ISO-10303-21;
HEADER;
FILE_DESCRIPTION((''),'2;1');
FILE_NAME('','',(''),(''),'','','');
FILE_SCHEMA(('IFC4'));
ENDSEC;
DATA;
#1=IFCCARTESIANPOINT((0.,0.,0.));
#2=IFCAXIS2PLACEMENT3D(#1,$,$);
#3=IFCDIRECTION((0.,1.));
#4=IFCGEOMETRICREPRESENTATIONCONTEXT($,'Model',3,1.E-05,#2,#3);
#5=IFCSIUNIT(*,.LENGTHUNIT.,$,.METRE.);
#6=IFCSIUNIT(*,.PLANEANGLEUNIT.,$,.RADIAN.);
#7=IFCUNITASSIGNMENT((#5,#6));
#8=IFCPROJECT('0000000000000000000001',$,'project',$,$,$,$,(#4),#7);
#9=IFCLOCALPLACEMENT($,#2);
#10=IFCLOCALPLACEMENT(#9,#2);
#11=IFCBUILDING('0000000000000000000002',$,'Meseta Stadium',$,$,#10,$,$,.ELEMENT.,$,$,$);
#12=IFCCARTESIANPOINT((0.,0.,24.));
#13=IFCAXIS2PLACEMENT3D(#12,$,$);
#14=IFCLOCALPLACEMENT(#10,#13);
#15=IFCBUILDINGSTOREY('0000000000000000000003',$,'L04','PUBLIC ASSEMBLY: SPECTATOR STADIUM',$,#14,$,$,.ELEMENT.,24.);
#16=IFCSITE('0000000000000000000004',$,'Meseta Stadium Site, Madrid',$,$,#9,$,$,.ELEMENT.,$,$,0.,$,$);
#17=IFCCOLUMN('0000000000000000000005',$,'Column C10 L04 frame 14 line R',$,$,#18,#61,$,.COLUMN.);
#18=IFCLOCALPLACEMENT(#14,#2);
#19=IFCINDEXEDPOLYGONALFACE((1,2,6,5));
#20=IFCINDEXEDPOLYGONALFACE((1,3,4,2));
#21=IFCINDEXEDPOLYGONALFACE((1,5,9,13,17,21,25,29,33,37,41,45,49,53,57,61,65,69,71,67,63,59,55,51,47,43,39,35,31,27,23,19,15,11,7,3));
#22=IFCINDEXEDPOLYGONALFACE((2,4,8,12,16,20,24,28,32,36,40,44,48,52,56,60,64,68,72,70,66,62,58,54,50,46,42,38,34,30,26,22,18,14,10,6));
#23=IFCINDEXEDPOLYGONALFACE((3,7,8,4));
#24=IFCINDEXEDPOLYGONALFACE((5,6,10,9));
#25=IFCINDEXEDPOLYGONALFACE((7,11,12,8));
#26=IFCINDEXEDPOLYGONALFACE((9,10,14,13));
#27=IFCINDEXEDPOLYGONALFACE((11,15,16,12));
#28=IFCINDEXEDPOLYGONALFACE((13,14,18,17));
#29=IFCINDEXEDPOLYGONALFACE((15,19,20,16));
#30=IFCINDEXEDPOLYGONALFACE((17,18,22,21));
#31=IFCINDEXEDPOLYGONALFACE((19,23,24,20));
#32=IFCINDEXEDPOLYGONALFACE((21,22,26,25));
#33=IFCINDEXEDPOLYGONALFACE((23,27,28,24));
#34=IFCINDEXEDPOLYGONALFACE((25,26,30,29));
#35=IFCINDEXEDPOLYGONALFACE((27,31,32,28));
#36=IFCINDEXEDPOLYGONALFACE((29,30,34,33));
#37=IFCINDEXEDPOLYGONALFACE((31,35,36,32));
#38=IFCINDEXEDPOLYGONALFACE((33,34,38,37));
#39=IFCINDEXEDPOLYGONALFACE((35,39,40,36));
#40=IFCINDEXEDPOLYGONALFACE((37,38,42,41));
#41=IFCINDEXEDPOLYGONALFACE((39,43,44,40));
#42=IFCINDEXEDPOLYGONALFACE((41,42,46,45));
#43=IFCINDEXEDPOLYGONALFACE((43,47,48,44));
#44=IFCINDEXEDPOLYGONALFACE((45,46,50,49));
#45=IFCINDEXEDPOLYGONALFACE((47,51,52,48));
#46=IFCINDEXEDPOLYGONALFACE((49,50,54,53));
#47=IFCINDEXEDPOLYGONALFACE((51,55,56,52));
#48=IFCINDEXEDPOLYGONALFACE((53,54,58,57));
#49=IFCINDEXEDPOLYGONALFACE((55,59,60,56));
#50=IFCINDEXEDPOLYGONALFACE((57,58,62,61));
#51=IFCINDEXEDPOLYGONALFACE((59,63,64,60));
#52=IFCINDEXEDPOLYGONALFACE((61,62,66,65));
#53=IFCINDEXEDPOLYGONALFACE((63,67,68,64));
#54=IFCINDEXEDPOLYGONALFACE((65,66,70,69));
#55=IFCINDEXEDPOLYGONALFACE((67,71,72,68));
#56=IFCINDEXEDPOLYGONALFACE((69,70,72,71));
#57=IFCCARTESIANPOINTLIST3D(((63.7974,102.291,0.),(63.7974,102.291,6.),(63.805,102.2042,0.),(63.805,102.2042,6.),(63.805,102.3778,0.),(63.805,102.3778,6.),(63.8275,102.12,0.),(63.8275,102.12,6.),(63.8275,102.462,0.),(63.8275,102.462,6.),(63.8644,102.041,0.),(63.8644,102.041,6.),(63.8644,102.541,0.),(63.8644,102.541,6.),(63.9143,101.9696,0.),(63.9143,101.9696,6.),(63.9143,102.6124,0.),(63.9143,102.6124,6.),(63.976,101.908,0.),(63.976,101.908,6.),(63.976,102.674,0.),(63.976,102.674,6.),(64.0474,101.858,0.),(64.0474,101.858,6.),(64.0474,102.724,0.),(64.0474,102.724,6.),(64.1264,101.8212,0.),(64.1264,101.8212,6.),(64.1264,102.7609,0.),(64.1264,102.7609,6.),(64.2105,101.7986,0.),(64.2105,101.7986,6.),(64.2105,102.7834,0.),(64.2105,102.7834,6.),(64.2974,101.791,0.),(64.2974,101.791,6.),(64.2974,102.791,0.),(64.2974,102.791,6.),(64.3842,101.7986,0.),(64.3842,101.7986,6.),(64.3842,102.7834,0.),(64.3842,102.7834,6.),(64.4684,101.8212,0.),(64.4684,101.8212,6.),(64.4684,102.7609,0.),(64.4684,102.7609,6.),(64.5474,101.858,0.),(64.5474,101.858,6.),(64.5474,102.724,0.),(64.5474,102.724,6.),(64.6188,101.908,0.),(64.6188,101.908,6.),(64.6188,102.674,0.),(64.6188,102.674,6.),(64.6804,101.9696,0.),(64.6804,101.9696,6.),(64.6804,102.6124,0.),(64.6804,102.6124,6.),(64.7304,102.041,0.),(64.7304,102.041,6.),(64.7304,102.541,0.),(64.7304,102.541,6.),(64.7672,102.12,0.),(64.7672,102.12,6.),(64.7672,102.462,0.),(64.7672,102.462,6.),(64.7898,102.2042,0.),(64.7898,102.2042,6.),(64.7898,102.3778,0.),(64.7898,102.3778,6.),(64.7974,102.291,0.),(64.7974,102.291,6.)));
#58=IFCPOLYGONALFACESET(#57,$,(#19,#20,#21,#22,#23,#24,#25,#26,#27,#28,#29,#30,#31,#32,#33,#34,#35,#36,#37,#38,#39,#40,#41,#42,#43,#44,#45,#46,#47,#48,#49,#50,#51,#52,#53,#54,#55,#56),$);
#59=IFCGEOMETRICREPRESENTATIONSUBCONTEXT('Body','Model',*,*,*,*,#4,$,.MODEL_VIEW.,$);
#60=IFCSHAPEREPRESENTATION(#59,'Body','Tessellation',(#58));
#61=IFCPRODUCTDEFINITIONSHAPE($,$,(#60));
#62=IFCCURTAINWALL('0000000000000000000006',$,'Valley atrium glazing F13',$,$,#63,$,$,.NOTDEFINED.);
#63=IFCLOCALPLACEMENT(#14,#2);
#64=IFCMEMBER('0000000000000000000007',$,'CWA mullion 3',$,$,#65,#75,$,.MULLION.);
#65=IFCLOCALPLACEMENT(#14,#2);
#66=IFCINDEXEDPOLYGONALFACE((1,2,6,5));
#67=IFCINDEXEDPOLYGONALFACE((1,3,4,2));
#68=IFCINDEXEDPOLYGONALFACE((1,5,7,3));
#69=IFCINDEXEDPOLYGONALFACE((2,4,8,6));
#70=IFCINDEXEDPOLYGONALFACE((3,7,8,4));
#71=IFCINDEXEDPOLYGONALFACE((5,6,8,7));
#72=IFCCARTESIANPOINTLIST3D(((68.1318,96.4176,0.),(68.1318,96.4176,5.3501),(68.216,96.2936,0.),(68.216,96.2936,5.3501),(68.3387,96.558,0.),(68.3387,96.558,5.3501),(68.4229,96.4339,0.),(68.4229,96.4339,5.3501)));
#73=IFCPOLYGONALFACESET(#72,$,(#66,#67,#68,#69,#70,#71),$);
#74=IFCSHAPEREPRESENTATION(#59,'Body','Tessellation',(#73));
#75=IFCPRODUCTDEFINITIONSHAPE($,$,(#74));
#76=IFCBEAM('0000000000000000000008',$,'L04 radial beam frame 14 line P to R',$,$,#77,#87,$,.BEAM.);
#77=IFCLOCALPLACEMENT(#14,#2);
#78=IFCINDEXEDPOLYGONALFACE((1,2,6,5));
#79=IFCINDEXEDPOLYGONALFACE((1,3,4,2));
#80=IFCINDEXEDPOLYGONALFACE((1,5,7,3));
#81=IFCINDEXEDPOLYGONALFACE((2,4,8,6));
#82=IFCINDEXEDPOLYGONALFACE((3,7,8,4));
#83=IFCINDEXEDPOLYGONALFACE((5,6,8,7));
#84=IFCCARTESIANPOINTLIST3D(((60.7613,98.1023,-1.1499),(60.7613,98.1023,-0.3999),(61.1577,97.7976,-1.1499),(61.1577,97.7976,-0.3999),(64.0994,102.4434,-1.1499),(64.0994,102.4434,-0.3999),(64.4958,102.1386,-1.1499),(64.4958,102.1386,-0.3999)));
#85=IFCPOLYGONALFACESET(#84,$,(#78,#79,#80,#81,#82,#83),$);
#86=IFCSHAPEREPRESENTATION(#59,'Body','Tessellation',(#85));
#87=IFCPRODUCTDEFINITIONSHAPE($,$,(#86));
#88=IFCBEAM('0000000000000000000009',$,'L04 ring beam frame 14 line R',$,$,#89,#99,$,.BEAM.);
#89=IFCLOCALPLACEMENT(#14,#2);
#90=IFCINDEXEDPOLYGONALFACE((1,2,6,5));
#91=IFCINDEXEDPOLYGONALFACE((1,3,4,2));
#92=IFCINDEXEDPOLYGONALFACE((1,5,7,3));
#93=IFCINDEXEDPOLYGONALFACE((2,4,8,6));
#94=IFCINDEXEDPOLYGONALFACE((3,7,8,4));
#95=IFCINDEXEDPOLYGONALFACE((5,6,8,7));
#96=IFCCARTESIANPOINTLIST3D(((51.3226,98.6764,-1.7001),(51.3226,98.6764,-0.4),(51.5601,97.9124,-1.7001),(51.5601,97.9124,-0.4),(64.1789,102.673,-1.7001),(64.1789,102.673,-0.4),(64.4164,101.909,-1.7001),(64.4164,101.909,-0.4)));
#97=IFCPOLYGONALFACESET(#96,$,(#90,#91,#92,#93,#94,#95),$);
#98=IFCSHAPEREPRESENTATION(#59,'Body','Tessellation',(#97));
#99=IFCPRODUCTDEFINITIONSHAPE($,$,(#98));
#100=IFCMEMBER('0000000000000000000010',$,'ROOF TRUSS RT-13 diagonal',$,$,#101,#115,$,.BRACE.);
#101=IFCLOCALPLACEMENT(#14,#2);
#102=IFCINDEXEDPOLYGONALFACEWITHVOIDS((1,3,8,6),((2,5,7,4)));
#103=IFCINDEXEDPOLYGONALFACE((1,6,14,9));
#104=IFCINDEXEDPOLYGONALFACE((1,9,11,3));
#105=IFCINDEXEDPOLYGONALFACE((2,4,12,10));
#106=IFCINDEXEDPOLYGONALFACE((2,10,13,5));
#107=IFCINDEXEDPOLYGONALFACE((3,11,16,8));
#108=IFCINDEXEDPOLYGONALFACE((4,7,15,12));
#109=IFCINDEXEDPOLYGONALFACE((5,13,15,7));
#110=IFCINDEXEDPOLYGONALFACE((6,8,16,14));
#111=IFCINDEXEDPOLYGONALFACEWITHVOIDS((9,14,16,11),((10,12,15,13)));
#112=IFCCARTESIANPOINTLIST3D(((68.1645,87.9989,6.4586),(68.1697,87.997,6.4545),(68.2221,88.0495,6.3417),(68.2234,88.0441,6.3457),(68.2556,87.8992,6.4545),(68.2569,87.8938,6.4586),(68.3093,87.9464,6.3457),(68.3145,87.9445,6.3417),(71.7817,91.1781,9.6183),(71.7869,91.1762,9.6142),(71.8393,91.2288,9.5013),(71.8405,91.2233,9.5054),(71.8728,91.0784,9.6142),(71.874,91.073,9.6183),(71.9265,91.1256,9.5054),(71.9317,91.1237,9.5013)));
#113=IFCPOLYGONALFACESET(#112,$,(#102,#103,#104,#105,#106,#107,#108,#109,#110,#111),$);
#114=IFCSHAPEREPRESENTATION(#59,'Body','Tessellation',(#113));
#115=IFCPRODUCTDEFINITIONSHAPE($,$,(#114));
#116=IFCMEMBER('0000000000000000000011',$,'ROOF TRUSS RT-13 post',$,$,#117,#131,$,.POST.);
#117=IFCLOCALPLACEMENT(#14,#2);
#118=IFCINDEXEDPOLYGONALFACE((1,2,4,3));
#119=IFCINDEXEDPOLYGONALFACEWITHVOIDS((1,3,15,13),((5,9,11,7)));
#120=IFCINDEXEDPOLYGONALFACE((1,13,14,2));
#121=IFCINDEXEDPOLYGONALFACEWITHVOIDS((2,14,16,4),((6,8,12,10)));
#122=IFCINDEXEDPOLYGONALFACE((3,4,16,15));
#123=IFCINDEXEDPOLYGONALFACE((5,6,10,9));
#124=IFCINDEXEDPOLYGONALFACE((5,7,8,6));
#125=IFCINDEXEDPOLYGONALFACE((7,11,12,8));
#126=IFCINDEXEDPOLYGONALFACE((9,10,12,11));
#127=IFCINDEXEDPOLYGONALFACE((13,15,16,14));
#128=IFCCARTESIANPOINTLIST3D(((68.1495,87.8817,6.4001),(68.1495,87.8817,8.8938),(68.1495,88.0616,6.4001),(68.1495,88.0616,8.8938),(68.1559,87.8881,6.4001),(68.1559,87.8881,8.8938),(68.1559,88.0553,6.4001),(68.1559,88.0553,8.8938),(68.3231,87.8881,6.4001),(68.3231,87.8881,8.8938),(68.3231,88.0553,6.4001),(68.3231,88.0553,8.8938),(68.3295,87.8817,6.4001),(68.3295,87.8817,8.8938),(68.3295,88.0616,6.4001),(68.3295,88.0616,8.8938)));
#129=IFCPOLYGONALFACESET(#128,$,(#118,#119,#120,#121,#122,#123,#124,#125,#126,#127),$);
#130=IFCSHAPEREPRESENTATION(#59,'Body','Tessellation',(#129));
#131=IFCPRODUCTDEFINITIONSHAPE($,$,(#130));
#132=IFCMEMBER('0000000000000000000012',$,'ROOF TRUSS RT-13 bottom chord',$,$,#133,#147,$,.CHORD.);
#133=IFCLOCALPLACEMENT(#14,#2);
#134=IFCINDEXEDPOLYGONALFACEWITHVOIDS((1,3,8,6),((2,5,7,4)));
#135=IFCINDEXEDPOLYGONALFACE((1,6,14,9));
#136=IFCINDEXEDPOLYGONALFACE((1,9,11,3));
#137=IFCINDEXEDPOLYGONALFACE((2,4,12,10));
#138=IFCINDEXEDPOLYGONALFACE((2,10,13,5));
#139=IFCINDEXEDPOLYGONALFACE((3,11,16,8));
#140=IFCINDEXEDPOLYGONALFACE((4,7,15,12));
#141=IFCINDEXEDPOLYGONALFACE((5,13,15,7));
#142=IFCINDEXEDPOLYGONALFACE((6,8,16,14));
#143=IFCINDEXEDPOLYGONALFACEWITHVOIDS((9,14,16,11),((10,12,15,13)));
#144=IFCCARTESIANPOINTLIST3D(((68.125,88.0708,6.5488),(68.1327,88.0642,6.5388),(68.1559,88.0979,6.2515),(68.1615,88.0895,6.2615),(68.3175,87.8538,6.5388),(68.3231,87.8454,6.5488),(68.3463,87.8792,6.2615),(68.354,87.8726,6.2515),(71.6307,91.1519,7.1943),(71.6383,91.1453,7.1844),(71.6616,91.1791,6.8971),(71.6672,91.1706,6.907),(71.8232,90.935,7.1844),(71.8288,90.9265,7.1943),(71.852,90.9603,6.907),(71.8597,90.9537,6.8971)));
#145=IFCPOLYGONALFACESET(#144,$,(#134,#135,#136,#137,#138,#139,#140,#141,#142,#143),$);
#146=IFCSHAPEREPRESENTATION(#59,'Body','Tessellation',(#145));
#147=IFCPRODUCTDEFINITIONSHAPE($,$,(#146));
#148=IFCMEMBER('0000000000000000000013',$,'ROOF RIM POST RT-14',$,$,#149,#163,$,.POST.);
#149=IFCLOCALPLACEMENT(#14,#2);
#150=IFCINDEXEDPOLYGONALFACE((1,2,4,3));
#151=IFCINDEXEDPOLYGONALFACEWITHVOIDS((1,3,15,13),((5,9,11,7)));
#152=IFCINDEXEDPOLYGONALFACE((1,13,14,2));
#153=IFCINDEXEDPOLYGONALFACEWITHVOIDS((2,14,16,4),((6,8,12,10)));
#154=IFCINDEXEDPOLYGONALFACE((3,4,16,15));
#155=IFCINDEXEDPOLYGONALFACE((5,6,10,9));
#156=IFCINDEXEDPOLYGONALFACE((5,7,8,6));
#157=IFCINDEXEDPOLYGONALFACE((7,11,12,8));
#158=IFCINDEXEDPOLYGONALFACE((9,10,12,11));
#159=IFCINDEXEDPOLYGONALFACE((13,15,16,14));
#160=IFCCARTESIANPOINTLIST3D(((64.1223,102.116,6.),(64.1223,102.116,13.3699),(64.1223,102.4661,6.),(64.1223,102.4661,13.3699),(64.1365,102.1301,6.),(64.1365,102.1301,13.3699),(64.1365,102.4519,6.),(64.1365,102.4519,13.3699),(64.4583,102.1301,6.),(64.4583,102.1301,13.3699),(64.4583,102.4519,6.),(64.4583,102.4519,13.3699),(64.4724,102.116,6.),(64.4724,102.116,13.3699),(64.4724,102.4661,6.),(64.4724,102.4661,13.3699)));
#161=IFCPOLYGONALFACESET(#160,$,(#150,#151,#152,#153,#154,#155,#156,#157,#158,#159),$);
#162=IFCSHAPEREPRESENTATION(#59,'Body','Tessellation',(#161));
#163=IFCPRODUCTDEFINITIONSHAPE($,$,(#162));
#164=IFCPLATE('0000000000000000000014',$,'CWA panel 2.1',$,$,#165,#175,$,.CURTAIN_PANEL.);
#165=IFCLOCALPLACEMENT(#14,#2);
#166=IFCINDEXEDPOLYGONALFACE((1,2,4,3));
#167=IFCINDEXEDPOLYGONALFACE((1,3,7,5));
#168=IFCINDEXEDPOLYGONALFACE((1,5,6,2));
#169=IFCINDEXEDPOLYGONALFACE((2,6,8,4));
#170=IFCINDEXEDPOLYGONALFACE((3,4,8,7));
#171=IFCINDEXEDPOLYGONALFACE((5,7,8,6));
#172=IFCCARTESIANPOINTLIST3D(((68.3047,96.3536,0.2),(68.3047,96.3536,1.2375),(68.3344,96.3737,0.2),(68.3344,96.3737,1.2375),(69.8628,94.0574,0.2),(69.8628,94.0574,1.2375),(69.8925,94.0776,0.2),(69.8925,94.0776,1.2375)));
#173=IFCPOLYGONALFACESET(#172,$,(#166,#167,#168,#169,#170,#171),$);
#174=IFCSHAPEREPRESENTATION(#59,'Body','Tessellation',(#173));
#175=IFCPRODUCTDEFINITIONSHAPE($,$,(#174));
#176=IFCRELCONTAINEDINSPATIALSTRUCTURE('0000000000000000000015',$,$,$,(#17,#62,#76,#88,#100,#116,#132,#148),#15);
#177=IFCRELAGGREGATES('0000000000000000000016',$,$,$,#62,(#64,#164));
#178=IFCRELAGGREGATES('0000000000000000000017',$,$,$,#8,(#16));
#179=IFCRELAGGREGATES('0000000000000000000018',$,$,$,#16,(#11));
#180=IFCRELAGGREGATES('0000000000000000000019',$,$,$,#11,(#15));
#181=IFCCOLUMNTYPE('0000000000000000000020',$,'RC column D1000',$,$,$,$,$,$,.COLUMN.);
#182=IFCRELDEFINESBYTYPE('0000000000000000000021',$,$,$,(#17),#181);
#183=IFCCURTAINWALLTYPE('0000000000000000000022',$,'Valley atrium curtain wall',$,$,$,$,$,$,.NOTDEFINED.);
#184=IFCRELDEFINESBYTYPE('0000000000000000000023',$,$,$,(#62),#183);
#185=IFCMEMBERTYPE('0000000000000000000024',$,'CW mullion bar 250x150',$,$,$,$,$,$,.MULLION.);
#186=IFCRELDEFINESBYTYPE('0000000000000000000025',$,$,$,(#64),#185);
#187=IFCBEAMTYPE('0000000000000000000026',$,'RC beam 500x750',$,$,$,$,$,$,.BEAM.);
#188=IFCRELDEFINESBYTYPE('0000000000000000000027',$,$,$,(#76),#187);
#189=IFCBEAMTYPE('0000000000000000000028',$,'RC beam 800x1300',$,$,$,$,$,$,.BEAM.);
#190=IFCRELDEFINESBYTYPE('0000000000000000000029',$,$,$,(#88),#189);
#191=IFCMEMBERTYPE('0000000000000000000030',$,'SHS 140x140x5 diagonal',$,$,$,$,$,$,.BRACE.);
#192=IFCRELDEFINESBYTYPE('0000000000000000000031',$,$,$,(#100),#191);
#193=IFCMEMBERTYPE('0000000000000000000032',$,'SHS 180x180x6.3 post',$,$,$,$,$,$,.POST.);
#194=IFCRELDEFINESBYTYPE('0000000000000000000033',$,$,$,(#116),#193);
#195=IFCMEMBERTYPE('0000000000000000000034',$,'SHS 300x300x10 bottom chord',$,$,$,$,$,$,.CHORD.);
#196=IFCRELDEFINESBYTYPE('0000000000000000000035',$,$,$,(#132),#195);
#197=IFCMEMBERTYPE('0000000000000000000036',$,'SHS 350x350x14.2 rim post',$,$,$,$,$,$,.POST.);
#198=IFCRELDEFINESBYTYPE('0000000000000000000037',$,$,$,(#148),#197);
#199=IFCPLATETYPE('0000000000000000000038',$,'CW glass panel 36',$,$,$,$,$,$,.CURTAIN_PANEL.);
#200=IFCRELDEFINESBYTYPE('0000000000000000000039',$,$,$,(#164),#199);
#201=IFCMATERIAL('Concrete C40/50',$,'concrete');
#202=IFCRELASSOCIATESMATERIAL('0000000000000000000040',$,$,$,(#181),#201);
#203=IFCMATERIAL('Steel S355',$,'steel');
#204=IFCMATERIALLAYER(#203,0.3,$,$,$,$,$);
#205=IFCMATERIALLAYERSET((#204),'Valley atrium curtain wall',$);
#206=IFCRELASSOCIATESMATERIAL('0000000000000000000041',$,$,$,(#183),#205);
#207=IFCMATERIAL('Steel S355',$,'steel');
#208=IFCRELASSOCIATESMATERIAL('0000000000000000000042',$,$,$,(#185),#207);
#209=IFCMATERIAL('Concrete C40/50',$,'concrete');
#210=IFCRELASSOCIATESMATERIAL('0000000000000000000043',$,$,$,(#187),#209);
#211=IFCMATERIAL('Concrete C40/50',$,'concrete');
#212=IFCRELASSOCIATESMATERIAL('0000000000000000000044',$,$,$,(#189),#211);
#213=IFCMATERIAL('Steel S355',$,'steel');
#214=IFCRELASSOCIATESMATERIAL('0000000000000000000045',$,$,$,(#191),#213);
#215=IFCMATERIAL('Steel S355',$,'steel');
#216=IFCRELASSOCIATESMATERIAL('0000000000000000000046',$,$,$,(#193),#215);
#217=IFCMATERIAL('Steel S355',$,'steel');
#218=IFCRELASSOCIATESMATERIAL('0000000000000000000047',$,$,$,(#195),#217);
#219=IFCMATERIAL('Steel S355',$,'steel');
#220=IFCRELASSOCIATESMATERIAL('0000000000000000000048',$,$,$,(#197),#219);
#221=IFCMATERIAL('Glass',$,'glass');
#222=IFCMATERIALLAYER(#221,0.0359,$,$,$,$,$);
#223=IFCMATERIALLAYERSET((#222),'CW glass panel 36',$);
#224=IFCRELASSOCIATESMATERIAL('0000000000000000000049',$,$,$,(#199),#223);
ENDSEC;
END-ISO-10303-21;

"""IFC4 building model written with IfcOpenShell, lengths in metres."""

from ifc_helpers import new_model, si_unit, direction, frame, origin, origin_2d, place, context, subcontext, project, spatial, rectangle, hollow_rectangle, circle, extrude, material, layer, layer_set, material_profile, profile_set, type_object, element, aggregate, save


model = new_model("IFC4")

# Units and contexts
model_context = context("Model", 3, precision=1e-05, world=origin(), true_north=direction((0.0, 1.0)))
body_context = subcontext(model_context, "Body", "Model", "MODEL_VIEW")
ifc_project = project(units=[si_unit("LENGTHUNIT", "METRE"), si_unit("PLANEANGLEUNIT", "RADIAN")], contexts=[model_context])

# Site, building, storey
site_placement = place(None, origin())
site = spatial("IfcSite", under=ifc_project, at=site_placement, Name="Meseta Stadium Site, Madrid", CompositionType="ELEMENT", RefElevation=0.0)
building_placement = place(site_placement, origin())
building = spatial("IfcBuilding", under=site, at=building_placement, Name="Meseta Stadium", CompositionType="ELEMENT")
storey_placement = place(building_placement, frame((0.0, 0.0, 24.0)))
storey = spatial("IfcBuildingStorey", under=building, at=storey_placement, Name="L04", Description="PUBLIC ASSEMBLY: SPECTATOR STADIUM", CompositionType="ELEMENT", Elevation=24.0)

# Column
ifc_material_1 = material(Name="Concrete C40/50", Category="concrete")
ifc_material_profile_1 = material_profile(ifc_material_1, circle(Radius=0.5, at=origin_2d()), Name="RC D1000")
ifc_profile_set_1 = profile_set([ifc_material_profile_1], Name="Concrete C40/50")
column_type = type_object("IfcColumnType", Name="RC column D1000", PredefinedType="COLUMN", material=ifc_profile_set_1)
column_placement = place(storey_placement, frame((64.2974, 102.291, 0.0), z_axis=(0.0, 0.0, 1.0), x_axis=(1.0, 0.0, 0.0)))
element("IfcColumn", 1, at=column_placement, inside=storey, type_object=column_type, Name="Column C10 L04 frame 14 line R", PredefinedType="COLUMN", context=body_context, shape_type="SweptSolid", body=[
    extrude(circle(Radius=0.5, at=origin_2d()), origin(), (0.0, 0.0, 1.0), 6.0),
])

# Curtain wall, member
ifc_material_2 = material(Name="Steel S355", Category="steel")
ifc_layer_1 = layer(ifc_material_2, 0.3)
ifc_layer_set_1 = layer_set([ifc_layer_1], Name="Valley atrium curtain wall")
curtain_wall_type = type_object("IfcCurtainWallType", Name="Valley atrium curtain wall", PredefinedType="NOTDEFINED", material=ifc_layer_set_1)
curtain_wall_placement = place(storey_placement, origin())
curtain_wall = element("IfcCurtainWall", 2, at=curtain_wall_placement, inside=storey, type_object=curtain_wall_type, Name="Valley atrium glazing F13", PredefinedType="NOTDEFINED")
ifc_material_3 = material(Name="Steel S355", Category="steel")
ifc_material_profile_2 = material_profile(ifc_material_3, rectangle(XDim=0.25, YDim=0.1499, at=origin_2d()), Name="CW 250x150")
ifc_profile_set_2 = profile_set([ifc_material_profile_2], Name="Steel S355")
member_type_1 = type_object("IfcMemberType", Name="CW mullion bar 250x150", PredefinedType="MULLION", material=ifc_profile_set_2)
member_1_placement = place(storey_placement, frame((68.2773, 96.4258, 0.0), z_axis=(0.0, 0.0, 1.0), x_axis=(-0.827483, -0.56149, 0.0)))
member_1 = element("IfcMember", 3, at=member_1_placement, type_object=member_type_1, Name="CWA mullion 3", PredefinedType="MULLION", context=body_context, shape_type="SweptSolid", body=[
    extrude(rectangle(XDim=0.25, YDim=0.1499, at=origin_2d()), origin(), (0.0, 0.0, 1.0), 5.3501),
])

# Beams
ifc_material_4 = material(Name="Concrete C40/50", Category="concrete")
ifc_material_profile_3 = material_profile(ifc_material_4, rectangle(XDim=0.5, YDim=0.75, at=origin_2d()), Name="RC 500x750")
ifc_profile_set_3 = profile_set([ifc_material_profile_3], Name="Concrete C40/50")
beam_type_1 = type_object("IfcBeamType", Name="RC beam 500x750", PredefinedType="BEAM", material=ifc_profile_set_3)
beam_1_placement = place(storey_placement, frame((60.9595, 97.95, -0.7749), z_axis=(0.609579, 0.792725, 0.0), x_axis=(-0.792725, 0.609579, 0.0)))
element("IfcBeam", 4, at=beam_1_placement, inside=storey, type_object=beam_type_1, Name="L04 radial beam frame 14 line P to R", PredefinedType="BEAM", context=body_context, shape_type="SweptSolid", body=[
    extrude(rectangle(XDim=0.5, YDim=0.75, at=origin_2d()), origin(), (0.0, 0.0, 1.0), 5.4761),
])
ifc_material_5 = material(Name="Concrete C40/50", Category="concrete")
ifc_material_profile_4 = material_profile(ifc_material_5, rectangle(XDim=0.8, YDim=1.3, at=origin_2d()), Name="RC 800x1300")
ifc_profile_set_4 = profile_set([ifc_material_profile_4], Name="Concrete C40/50")
beam_type_2 = type_object("IfcBeamType", Name="RC beam 800x1300", PredefinedType="BEAM", material=ifc_profile_set_4)
beam_2_placement = place(storey_placement, frame((64.2976, 102.291, -1.05), z_axis=(-0.954923, -0.296855, 0.0), x_axis=(0.296855, -0.954923, 0.0)))
element("IfcBeam", 5, at=beam_2_placement, inside=storey, type_object=beam_type_2, Name="L04 ring beam frame 14 line R", PredefinedType="BEAM", context=body_context, shape_type="SweptSolid", body=[
    extrude(rectangle(XDim=0.8, YDim=1.3, at=origin_2d()), origin(), (0.0, 0.0, 1.0), 13.4631),
])

# Members
ifc_material_6 = material(Name="Steel S355", Category="steel")
ifc_material_profile_5 = material_profile(ifc_material_6, hollow_rectangle(XDim=0.1399, YDim=0.1399, WallThickness=0.0049, at=origin_2d()), Name="SHS 140x140x5")
ifc_profile_set_5 = profile_set([ifc_material_profile_5], Name="Steel S355")
member_type_2 = type_object("IfcMemberType", Name="SHS 140x140x5 diagonal", PredefinedType="BRACE", material=ifc_profile_set_5)
member_2_placement = place(storey_placement, frame((68.2395, 87.9717, 6.4001), z_axis=(0.62801, 0.551967, 0.548576), x_axis=(-0.660168, 0.751118, 0.0)))
element("IfcMember", 6, at=member_2_placement, inside=storey, type_object=member_type_2, Name="ROOF TRUSS RT-13 diagonal", PredefinedType="BRACE", context=body_context, shape_type="SweptSolid", body=[
    extrude(hollow_rectangle(XDim=0.1399, YDim=0.1399, WallThickness=0.0049, at=origin_2d()), origin(), (0.0, 0.0, 1.0), 5.7598),
])
ifc_material_7 = material(Name="Steel S355", Category="steel")
ifc_material_profile_6 = material_profile(ifc_material_7, hollow_rectangle(XDim=0.1799, YDim=0.1799, WallThickness=0.0063, at=origin_2d()), Name="SHS 180x180x6.3")
ifc_profile_set_6 = profile_set([ifc_material_profile_6], Name="Steel S355")
member_type_3 = type_object("IfcMemberType", Name="SHS 180x180x6.3 post", PredefinedType="POST", material=ifc_profile_set_6)
member_3_placement = place(storey_placement, frame((68.2395, 87.9717, 6.4001), z_axis=(0.0, 0.0, 1.0), x_axis=(1.0, 0.0, 0.0)))
element("IfcMember", 7, at=member_3_placement, inside=storey, type_object=member_type_3, Name="ROOF TRUSS RT-13 post", PredefinedType="POST", context=body_context, shape_type="SweptSolid", body=[
    extrude(hollow_rectangle(XDim=0.1799, YDim=0.1799, WallThickness=0.0063, at=origin_2d()), origin(), (0.0, 0.0, 1.0), 2.4937),
])
ifc_material_8 = material(Name="Steel S355", Category="steel")
ifc_material_profile_7 = material_profile(ifc_material_8, hollow_rectangle(XDim=0.3, YDim=0.3, WallThickness=0.01, at=origin_2d()), Name="SHS 300x300x10")
ifc_profile_set_7 = profile_set([ifc_material_profile_7], Name="Steel S355")
member_type_4 = type_object("IfcMemberType", Name="SHS 300x300x10 bottom chord", PredefinedType="CHORD", material=ifc_profile_set_7)
member_4_placement = place(storey_placement, frame((68.2395, 87.9717, 6.4001), z_axis=(0.744044, 0.653933, 0.137005), x_axis=(-0.660158, 0.751126, 0.0)))
element("IfcMember", 8, at=member_4_placement, inside=storey, type_object=member_type_4, Name="ROOF TRUSS RT-13 bottom chord", PredefinedType="CHORD", context=body_context, shape_type="SweptSolid", body=[
    extrude(hollow_rectangle(XDim=0.3, YDim=0.3, WallThickness=0.01, at=origin_2d()), origin(), (0.0, 0.0, 1.0), 4.7117),
])
ifc_material_9 = material(Name="Steel S355", Category="steel")
ifc_material_profile_8 = material_profile(ifc_material_9, hollow_rectangle(XDim=0.3501, YDim=0.3501, WallThickness=0.0142, at=origin_2d()), Name="SHS 350x350x14.2")
ifc_profile_set_8 = profile_set([ifc_material_profile_8], Name="Steel S355")
member_type_5 = type_object("IfcMemberType", Name="SHS 350x350x14.2 rim post", PredefinedType="POST", material=ifc_profile_set_8)
member_5_placement = place(storey_placement, frame((64.2974, 102.291, 6.0), z_axis=(0.0, 0.0, 1.0), x_axis=(1.0, 0.0, 0.0)))
element("IfcMember", 9, at=member_5_placement, inside=storey, type_object=member_type_5, Name="ROOF RIM POST RT-14", PredefinedType="POST", context=body_context, shape_type="SweptSolid", body=[
    extrude(hollow_rectangle(XDim=0.3501, YDim=0.3501, WallThickness=0.0142, at=origin_2d()), origin(), (0.0, 0.0, 1.0), 7.3699),
])

# Plate
ifc_material_10 = material(Name="Glass", Category="glass")
ifc_layer_2 = layer(ifc_material_10, 0.0359)
ifc_layer_set_2 = layer_set([ifc_layer_2], Name="CW glass panel 36")
plate_type = type_object("IfcPlateType", Name="CW glass panel 36", PredefinedType="CURTAIN_PANEL", material=ifc_layer_set_2)
plate_placement = place(storey_placement, frame((69.0986, 95.2156, 0.2), z_axis=(0.0, 0.0, 1.0), x_axis=(-0.56149, 0.827483, 0.0)))
plate = element("IfcPlate", 10, at=plate_placement, type_object=plate_type, Name="CWA panel 2.1", PredefinedType="CURTAIN_PANEL", context=body_context, shape_type="SweptSolid", body=[
    extrude(rectangle(XDim=2.7749, YDim=0.0359, at=origin_2d()), origin(), (0.0, 0.0, 1.0), 1.0376),
])
aggregate(curtain_wall, [member_1, plate])

save(model, "model.ifc")
